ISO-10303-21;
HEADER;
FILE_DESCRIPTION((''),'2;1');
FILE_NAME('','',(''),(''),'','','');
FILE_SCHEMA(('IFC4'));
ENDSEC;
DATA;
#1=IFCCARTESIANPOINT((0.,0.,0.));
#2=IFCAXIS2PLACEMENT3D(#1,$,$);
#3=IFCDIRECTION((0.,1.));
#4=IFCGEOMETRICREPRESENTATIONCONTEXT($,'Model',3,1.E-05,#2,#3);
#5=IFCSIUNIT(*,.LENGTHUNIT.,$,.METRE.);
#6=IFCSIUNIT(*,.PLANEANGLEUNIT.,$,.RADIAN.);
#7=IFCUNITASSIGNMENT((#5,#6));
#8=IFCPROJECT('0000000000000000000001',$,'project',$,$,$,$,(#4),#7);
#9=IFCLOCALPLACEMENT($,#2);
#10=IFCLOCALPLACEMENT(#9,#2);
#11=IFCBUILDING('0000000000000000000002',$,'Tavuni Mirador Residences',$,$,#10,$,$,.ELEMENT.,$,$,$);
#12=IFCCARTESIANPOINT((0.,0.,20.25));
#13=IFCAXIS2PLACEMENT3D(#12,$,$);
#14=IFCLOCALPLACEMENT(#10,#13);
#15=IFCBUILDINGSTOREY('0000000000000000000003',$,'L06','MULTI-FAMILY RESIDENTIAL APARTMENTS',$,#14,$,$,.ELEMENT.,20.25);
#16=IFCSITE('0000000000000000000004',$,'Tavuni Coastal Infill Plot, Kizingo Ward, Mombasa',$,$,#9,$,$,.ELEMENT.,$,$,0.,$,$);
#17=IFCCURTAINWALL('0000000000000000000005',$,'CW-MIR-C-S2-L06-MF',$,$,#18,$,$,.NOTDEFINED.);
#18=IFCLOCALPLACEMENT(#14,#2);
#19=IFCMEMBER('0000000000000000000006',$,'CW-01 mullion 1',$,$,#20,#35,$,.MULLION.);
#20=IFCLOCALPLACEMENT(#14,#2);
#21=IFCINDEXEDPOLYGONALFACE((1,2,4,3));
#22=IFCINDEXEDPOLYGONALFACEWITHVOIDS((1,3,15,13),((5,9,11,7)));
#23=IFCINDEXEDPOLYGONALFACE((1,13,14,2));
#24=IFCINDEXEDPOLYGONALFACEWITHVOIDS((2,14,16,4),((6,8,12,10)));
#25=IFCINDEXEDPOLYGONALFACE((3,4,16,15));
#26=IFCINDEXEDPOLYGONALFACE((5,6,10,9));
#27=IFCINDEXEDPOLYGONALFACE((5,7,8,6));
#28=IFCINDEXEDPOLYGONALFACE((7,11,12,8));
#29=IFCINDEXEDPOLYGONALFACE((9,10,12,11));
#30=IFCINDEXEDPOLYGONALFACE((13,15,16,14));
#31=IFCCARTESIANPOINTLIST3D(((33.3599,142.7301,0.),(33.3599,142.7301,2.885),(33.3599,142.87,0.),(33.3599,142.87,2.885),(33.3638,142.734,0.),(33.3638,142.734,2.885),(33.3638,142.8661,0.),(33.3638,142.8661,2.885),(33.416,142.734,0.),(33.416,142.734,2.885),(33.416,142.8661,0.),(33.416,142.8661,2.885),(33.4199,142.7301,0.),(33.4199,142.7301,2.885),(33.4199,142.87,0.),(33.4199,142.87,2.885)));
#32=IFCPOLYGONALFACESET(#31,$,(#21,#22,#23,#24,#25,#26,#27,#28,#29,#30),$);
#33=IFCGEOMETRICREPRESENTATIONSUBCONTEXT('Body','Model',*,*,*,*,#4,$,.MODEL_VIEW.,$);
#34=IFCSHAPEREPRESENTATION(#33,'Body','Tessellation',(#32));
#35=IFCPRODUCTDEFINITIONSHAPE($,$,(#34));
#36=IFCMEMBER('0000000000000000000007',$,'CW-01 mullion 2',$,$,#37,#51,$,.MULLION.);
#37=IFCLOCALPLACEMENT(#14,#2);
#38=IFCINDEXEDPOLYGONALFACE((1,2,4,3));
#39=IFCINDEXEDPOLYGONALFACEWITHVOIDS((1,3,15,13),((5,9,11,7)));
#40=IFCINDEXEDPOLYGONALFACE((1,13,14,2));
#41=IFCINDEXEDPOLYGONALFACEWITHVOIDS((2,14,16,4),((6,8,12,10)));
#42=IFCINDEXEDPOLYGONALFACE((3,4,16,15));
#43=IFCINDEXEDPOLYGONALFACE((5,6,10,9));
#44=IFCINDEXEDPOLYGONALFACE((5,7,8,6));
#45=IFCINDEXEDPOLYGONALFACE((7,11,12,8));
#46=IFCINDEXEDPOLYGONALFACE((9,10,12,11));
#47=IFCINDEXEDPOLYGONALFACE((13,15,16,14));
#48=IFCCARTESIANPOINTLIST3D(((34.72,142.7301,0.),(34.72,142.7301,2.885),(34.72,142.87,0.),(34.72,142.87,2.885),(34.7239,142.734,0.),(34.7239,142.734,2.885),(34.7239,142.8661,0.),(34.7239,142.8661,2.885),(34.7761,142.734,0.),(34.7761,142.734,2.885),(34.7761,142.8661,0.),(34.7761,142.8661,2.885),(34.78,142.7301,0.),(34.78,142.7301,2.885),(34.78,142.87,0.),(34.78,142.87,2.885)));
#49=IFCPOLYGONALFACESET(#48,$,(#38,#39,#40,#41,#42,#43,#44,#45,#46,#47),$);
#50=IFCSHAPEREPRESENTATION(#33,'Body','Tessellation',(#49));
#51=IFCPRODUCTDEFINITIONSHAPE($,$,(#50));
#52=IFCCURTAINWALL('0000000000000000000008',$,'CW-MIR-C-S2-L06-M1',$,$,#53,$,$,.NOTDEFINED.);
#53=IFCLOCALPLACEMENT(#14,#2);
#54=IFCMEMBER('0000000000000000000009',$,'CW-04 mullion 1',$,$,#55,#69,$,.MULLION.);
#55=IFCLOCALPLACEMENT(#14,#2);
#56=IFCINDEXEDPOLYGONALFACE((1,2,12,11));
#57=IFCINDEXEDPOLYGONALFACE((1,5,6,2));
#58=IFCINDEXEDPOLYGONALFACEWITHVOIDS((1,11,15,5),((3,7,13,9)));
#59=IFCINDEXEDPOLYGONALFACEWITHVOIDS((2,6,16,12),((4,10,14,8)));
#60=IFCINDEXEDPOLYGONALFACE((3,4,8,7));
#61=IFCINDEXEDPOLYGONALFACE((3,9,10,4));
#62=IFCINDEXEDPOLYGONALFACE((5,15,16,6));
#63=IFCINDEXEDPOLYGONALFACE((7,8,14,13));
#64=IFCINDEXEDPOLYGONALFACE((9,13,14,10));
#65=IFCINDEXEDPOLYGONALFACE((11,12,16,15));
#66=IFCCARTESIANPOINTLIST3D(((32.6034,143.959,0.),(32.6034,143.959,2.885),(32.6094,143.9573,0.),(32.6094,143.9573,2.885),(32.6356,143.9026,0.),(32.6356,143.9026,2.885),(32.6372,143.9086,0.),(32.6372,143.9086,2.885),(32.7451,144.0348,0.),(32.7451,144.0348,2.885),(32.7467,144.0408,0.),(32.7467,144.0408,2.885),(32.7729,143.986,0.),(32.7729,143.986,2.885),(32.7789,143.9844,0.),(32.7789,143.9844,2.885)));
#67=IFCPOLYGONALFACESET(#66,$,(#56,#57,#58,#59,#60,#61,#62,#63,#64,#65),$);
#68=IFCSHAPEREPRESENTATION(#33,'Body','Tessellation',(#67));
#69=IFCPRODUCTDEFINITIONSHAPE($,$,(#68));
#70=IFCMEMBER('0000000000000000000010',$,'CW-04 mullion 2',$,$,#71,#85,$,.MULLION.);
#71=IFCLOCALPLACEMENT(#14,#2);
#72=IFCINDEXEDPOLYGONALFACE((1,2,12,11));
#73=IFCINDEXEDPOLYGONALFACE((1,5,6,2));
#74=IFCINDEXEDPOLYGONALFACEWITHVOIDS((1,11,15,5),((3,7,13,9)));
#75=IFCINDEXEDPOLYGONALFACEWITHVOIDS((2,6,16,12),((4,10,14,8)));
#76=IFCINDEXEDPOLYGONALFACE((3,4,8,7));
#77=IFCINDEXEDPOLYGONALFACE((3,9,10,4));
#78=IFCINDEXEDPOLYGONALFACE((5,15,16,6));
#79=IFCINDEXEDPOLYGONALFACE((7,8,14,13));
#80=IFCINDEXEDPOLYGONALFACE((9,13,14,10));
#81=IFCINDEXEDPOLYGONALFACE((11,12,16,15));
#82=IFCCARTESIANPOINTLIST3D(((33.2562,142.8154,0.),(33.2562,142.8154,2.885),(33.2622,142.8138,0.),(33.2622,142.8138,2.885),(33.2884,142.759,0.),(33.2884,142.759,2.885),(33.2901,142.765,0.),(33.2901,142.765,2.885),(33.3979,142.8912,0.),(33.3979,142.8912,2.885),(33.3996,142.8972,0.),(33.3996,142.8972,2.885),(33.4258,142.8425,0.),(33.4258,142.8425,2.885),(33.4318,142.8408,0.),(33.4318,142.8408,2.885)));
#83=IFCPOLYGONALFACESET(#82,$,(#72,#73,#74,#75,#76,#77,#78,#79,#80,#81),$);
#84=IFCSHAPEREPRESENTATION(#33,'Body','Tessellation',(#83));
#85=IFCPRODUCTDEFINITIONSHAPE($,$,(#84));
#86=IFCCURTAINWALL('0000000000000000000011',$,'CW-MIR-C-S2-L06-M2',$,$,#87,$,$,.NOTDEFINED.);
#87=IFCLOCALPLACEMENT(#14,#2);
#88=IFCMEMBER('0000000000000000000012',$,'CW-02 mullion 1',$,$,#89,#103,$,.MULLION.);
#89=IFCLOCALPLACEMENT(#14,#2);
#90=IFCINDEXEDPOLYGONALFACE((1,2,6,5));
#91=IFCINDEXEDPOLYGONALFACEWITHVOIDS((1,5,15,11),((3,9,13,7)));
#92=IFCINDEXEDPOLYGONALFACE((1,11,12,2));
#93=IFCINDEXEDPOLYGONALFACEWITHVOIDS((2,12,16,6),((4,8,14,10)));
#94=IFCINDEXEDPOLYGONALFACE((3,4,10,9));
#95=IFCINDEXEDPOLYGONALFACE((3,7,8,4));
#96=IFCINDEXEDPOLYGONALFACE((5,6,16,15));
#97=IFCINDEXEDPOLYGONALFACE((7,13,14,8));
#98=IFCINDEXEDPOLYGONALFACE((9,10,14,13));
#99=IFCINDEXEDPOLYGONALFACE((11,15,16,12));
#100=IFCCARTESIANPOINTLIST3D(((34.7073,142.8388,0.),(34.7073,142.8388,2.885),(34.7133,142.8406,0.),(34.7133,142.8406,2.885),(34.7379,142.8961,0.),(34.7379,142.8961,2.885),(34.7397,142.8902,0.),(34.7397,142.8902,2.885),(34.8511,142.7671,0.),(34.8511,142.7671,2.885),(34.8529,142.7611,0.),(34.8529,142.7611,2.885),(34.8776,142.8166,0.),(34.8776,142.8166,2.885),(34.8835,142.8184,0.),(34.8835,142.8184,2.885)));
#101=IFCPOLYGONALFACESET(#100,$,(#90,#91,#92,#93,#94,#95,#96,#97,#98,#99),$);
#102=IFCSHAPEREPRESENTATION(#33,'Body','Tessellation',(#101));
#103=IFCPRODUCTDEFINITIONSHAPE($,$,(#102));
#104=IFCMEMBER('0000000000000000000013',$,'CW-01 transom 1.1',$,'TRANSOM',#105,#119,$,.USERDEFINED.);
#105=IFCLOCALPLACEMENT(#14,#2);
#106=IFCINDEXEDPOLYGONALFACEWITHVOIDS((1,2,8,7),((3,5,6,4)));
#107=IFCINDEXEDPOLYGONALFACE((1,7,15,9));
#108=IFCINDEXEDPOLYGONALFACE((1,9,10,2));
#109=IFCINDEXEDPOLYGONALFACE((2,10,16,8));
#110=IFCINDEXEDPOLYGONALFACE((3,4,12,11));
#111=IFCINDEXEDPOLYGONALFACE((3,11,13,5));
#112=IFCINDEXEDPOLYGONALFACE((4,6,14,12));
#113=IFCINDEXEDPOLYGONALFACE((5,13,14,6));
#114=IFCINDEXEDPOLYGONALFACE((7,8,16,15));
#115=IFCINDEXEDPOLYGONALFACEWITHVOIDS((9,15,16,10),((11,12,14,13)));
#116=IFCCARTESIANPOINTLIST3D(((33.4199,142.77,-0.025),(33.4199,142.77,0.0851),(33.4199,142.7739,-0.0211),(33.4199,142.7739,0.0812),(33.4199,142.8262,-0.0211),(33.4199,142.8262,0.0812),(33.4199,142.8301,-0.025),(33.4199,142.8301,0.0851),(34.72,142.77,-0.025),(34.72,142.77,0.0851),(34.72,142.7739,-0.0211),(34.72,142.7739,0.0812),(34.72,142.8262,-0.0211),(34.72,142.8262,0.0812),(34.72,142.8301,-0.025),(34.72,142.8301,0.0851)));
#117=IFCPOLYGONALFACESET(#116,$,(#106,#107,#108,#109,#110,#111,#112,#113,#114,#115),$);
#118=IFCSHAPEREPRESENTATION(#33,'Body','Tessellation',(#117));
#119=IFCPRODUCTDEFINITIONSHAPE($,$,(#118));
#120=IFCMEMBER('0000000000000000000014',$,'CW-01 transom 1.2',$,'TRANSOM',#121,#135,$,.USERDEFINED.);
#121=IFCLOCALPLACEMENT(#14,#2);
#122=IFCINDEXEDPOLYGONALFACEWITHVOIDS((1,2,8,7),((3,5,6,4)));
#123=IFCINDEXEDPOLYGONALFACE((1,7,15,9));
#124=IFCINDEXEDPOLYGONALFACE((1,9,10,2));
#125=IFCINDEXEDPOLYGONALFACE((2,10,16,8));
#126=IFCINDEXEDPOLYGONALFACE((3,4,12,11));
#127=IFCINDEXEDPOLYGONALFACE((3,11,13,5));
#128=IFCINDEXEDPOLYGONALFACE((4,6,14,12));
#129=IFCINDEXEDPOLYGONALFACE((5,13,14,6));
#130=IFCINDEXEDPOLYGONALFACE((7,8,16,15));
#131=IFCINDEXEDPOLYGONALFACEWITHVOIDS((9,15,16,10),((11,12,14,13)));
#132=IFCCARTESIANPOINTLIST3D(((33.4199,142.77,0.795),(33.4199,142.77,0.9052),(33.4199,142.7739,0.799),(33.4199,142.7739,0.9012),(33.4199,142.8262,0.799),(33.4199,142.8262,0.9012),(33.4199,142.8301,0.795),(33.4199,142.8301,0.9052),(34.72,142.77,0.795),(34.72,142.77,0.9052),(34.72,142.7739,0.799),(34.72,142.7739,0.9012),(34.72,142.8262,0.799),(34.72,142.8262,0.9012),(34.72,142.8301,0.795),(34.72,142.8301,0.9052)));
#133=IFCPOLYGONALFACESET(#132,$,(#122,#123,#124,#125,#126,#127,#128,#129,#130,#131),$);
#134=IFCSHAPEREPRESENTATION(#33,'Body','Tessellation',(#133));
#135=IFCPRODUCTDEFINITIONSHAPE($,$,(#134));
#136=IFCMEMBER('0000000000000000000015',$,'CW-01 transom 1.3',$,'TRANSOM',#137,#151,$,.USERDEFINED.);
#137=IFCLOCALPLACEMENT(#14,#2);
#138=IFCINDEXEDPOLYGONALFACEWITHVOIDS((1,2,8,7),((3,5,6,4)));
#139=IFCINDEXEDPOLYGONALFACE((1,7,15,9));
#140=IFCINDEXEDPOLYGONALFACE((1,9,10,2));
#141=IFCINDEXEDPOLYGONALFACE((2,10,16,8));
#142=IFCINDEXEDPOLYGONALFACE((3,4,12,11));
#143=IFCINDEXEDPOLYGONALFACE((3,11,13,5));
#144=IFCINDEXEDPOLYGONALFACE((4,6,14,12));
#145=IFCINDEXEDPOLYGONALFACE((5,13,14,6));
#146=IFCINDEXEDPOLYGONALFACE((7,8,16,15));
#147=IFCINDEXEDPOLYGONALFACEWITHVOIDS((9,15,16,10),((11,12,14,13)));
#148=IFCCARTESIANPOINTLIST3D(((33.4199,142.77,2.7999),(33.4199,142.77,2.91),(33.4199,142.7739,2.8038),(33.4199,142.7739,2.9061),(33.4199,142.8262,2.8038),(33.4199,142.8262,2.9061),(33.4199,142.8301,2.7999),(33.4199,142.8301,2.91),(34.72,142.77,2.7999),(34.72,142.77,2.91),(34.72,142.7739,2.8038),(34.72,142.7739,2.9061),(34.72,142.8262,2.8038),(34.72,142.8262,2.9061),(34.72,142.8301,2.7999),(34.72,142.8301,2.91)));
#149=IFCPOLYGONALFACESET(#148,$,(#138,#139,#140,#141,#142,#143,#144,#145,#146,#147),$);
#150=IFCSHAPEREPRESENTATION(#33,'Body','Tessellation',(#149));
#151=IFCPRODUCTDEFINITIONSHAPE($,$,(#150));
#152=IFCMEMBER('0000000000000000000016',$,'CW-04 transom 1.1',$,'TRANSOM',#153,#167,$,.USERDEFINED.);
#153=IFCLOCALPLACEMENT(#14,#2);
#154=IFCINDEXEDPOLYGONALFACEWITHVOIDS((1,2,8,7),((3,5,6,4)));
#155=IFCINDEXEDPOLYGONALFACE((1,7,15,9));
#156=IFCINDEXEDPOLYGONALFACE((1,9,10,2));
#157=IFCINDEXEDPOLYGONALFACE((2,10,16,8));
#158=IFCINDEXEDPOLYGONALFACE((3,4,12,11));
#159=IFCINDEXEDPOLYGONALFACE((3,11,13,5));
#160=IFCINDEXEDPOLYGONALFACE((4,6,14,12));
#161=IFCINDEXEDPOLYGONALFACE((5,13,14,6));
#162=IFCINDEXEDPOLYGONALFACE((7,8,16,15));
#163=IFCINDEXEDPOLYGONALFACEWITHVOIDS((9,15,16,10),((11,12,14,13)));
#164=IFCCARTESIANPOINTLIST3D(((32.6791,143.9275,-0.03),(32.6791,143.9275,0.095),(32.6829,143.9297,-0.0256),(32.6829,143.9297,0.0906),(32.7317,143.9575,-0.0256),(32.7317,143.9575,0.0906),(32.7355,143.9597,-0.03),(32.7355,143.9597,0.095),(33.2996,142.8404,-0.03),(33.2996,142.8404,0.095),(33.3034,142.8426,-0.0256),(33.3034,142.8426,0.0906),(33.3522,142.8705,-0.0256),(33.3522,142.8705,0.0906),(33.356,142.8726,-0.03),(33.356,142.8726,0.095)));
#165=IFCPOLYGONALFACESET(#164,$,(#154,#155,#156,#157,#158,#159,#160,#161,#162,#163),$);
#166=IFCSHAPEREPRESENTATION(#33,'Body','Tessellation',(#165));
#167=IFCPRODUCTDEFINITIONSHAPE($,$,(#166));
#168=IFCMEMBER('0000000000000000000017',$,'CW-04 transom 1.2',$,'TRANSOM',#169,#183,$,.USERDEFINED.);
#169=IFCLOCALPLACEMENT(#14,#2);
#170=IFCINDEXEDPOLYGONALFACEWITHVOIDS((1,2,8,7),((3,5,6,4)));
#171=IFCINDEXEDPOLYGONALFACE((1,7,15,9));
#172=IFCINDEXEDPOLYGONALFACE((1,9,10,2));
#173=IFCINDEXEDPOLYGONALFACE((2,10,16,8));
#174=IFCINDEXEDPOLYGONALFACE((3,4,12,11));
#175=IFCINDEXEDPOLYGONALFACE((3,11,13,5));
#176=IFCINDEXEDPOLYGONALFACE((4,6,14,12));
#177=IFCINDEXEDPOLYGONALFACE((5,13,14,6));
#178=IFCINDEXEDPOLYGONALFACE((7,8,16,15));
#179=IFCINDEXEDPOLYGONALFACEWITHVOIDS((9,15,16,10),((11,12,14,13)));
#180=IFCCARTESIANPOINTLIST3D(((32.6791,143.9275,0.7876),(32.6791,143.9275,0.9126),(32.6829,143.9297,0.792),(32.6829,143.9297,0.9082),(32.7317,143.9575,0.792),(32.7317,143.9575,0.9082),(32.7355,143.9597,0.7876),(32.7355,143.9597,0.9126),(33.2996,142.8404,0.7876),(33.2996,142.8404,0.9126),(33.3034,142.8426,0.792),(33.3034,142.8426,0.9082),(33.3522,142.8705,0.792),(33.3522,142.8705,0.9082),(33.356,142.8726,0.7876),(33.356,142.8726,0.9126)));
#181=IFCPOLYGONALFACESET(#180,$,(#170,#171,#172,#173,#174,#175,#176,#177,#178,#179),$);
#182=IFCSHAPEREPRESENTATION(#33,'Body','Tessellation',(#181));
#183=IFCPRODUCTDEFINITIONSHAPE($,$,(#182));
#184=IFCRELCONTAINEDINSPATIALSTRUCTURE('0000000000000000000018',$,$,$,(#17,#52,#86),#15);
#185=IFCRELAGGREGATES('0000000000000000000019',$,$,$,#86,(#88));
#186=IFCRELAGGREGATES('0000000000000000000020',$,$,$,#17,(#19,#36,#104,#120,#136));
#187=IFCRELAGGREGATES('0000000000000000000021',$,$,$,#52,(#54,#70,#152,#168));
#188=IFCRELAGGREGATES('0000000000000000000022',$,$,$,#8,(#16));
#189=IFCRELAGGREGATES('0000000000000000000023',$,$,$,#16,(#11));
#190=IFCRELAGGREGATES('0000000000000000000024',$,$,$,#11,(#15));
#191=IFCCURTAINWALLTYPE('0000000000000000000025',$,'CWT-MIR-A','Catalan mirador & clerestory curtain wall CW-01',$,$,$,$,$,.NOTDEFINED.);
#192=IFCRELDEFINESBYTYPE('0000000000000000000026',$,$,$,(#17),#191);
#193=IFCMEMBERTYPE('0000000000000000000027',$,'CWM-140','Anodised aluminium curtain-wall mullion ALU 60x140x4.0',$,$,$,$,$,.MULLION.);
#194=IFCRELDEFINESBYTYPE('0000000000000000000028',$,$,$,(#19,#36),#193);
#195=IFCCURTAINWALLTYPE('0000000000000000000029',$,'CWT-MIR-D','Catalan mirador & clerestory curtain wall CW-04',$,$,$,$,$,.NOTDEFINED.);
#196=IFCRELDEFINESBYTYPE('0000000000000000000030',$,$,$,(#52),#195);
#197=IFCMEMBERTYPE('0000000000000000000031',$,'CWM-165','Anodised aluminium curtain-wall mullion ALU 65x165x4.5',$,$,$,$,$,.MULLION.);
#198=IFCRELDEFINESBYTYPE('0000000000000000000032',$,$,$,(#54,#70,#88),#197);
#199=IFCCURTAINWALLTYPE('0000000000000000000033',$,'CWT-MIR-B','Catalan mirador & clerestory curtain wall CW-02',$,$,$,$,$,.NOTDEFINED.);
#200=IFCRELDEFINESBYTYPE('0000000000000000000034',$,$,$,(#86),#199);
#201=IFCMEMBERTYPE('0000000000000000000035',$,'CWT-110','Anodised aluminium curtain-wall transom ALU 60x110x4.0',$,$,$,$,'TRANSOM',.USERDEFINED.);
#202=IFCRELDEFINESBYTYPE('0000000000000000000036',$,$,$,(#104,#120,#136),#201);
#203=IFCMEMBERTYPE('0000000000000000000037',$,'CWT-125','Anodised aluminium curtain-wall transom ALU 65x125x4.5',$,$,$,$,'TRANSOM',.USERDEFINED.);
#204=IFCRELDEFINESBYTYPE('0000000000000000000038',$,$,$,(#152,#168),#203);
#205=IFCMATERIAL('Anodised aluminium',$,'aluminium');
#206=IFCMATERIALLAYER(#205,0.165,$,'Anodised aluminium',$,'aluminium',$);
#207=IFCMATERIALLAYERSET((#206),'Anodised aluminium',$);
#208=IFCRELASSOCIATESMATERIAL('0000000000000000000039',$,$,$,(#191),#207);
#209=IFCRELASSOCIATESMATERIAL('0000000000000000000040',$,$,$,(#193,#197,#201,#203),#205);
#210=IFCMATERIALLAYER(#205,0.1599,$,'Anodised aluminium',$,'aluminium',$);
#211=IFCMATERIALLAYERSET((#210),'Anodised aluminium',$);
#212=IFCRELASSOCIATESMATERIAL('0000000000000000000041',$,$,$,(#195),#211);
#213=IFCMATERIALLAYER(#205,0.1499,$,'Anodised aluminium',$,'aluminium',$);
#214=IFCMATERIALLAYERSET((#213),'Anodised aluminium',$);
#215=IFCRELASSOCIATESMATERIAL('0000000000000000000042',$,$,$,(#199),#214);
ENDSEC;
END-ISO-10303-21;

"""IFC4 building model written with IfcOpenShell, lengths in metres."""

from ifc_helpers import new_model, si_unit, direction, frame, origin, origin_2d, place, context, subcontext, project, spatial, hollow_rectangle, extrude, material, layer, layer_set, material_profile, profile_set, type_object, element, aggregate, save


model = new_model("IFC4")

# Units and contexts
model_context = context("Model", 3, precision=1e-05, world=origin(), true_north=direction((0.0, 1.0)))
body_context = subcontext(model_context, "Body", "Model", "MODEL_VIEW")
ifc_project = project(units=[si_unit("LENGTHUNIT", "METRE"), si_unit("PLANEANGLEUNIT", "RADIAN")], contexts=[model_context])

# Site, building, storey
site_placement = place(None, origin())
site = spatial("IfcSite", under=ifc_project, at=site_placement, Name="Tavuni Coastal Infill Plot, Kizingo Ward, Mombasa", CompositionType="ELEMENT", RefElevation=0.0)
building_placement = place(site_placement, origin())
building = spatial("IfcBuilding", under=site, at=building_placement, Name="Tavuni Mirador Residences", CompositionType="ELEMENT")
storey_placement = place(building_placement, frame((0.0, 0.0, 20.25)))
storey = spatial("IfcBuildingStorey", under=building, at=storey_placement, Name="L06", Description="MULTI-FAMILY RESIDENTIAL APARTMENTS", CompositionType="ELEMENT", Elevation=20.25)

# Curtain walls, members
ifc_material_1 = material(Name="Anodised aluminium", Category="aluminium")
ifc_layer_1 = layer(ifc_material_1, 0.165, Name="Anodised aluminium", Category="aluminium")
ifc_layer_set_1 = layer_set([ifc_layer_1], Name="Anodised aluminium")
curtain_wall_type_1 = type_object("IfcCurtainWallType", Name="CWT-MIR-A", Description="Catalan mirador & clerestory curtain wall CW-01", PredefinedType="NOTDEFINED", material=ifc_layer_set_1)
curtain_wall_1_placement = place(storey_placement, origin())
curtain_wall_1 = element("IfcCurtainWall", 1, at=curtain_wall_1_placement, inside=storey, type_object=curtain_wall_type_1, Name="CW-MIR-C-S2-L06-MF", PredefinedType="NOTDEFINED")
ifc_material_profile_1 = material_profile(ifc_material_1, hollow_rectangle(XDim=0.0601, YDim=0.1399, WallThickness=0.0039, at=origin_2d()), Name="ALU 60x140x4.0", Category="aluminium")
ifc_profile_set_1 = profile_set([ifc_material_profile_1], Name="Anodised aluminium")
member_type_1 = type_object("IfcMemberType", Name="CWM-140", Description="Anodised aluminium curtain-wall mullion ALU 60x140x4.0", PredefinedType="MULLION", material=ifc_profile_set_1)
member_1_placement = place(storey_placement, frame((33.3899, 142.8, 0.0), z_axis=(0.0, 0.0, 1.0), x_axis=(1.0, 0.0, 0.0)))
member_1 = element("IfcMember", 2, at=member_1_placement, type_object=member_type_1, Name="CW-01 mullion 1", PredefinedType="MULLION", context=body_context, shape_type="SweptSolid", body=[
    extrude(hollow_rectangle(XDim=0.0601, YDim=0.1399, WallThickness=0.0039, at=origin_2d()), origin(), (0.0, 0.0, 1.0), 2.885),
])
member_2_placement = place(storey_placement, frame((34.75, 142.8, 0.0), z_axis=(0.0, 0.0, 1.0), x_axis=(1.0, 0.0, 0.0)))
member_2 = element("IfcMember", 3, at=member_2_placement, type_object=member_type_1, Name="CW-01 mullion 2", PredefinedType="MULLION", context=body_context, shape_type="SweptSolid", body=[
    extrude(hollow_rectangle(XDim=0.0601, YDim=0.1399, WallThickness=0.0039, at=origin_2d()), origin(), (0.0, 0.0, 1.0), 2.885),
])
ifc_layer_2 = layer(ifc_material_1, 0.1599, Name="Anodised aluminium", Category="aluminium")
ifc_layer_set_2 = layer_set([ifc_layer_2], Name="Anodised aluminium")
curtain_wall_type_2 = type_object("IfcCurtainWallType", Name="CWT-MIR-D", Description="Catalan mirador & clerestory curtain wall CW-04", PredefinedType="NOTDEFINED", material=ifc_layer_set_2)
curtain_wall_2_placement = place(storey_placement, origin())
curtain_wall_2 = element("IfcCurtainWall", 4, at=curtain_wall_2_placement, inside=storey, type_object=curtain_wall_type_2, Name="CW-MIR-C-S2-L06-M1", PredefinedType="NOTDEFINED")
ifc_material_profile_2 = material_profile(ifc_material_1, hollow_rectangle(XDim=0.0649, YDim=0.165, WallThickness=0.0044, at=origin_2d()), Name="ALU 65x165x4.5", Category="aluminium")
ifc_profile_set_2 = profile_set([ifc_material_profile_2], Name="Anodised aluminium")
member_type_2 = type_object("IfcMemberType", Name="CWM-165", Description="Anodised aluminium curtain-wall mullion ALU 65x165x4.5", PredefinedType="MULLION", material=ifc_profile_set_2)
member_3_placement = place(storey_placement, frame((32.6912, 143.9717, 0.0), z_axis=(0.0, 0.0, 1.0), x_axis=(0.495749, -0.868466, 0.0)))
member_3 = element("IfcMember", 5, at=member_3_placement, type_object=member_type_2, Name="CW-04 mullion 1", PredefinedType="MULLION", context=body_context, shape_type="SweptSolid", body=[
    extrude(hollow_rectangle(XDim=0.0649, YDim=0.165, WallThickness=0.0044, at=origin_2d()), origin(), (0.0, 0.0, 1.0), 2.885),
])
member_4_placement = place(storey_placement, frame((33.344, 142.8281, 0.0), z_axis=(0.0, 0.0, 1.0), x_axis=(0.495749, -0.868466, 0.0)))
member_4 = element("IfcMember", 6, at=member_4_placement, type_object=member_type_2, Name="CW-04 mullion 2", PredefinedType="MULLION", context=body_context, shape_type="SweptSolid", body=[
    extrude(hollow_rectangle(XDim=0.0649, YDim=0.165, WallThickness=0.0044, at=origin_2d()), origin(), (0.0, 0.0, 1.0), 2.885),
])

# Curtain wall, member
ifc_layer_3 = layer(ifc_material_1, 0.1499, Name="Anodised aluminium", Category="aluminium")
ifc_layer_set_3 = layer_set([ifc_layer_3], Name="Anodised aluminium")
curtain_wall_type_3 = type_object("IfcCurtainWallType", Name="CWT-MIR-B", Description="Catalan mirador & clerestory curtain wall CW-02", PredefinedType="NOTDEFINED", material=ifc_layer_set_3)
curtain_wall_3_placement = place(storey_placement, origin())
curtain_wall_3 = element("IfcCurtainWall", 7, at=curtain_wall_3_placement, inside=storey, type_object=curtain_wall_type_3, Name="CW-MIR-C-S2-L06-M2", PredefinedType="NOTDEFINED")
member_5_placement = place(storey_placement, frame((34.7954, 142.8286, 0.0), z_axis=(0.0, 0.0, 1.0), x_axis=(0.470588, 0.882353, 0.0)))
member_5 = element("IfcMember", 8, at=member_5_placement, type_object=member_type_2, Name="CW-02 mullion 1", PredefinedType="MULLION", context=body_context, shape_type="SweptSolid", body=[
    extrude(hollow_rectangle(XDim=0.0649, YDim=0.165, WallThickness=0.0044, at=origin_2d()), origin(), (0.0, 0.0, 1.0), 2.885),
])

# Members
ifc_material_profile_3 = material_profile(ifc_material_1, hollow_rectangle(XDim=0.0601, YDim=0.1101, WallThickness=0.0039, at=origin_2d()), Name="ALU 60x110x4.0", Category="aluminium")
ifc_profile_set_3 = profile_set([ifc_material_profile_3], Name="Anodised aluminium")
member_type_3 = type_object("IfcMemberType", Name="CWT-110", Description="Anodised aluminium curtain-wall transom ALU 60x110x4.0", ElementType="TRANSOM", PredefinedType="USERDEFINED", material=ifc_profile_set_3)
member_6_placement = place(storey_placement, frame((33.4199, 142.8, 0.03), z_axis=(1.0, 0.0, 0.0), x_axis=(0.0, 1.0, 0.0)))
member_6 = element("IfcMember", 9, at=member_6_placement, type_object=member_type_3, Name="CW-01 transom 1.1", ObjectType="TRANSOM", PredefinedType="USERDEFINED", context=body_context, shape_type="SweptSolid", body=[
    extrude(hollow_rectangle(XDim=0.0601, YDim=0.1101, WallThickness=0.0039, at=origin_2d()), origin(), (0.0, 0.0, 1.0), 1.3),
])
member_7_placement = place(storey_placement, frame((33.4199, 142.8, 0.8501), z_axis=(1.0, 0.0, 0.0), x_axis=(0.0, 1.0, 0.0)))
member_7 = element("IfcMember", 10, at=member_7_placement, type_object=member_type_3, Name="CW-01 transom 1.2", ObjectType="TRANSOM", PredefinedType="USERDEFINED", context=body_context, shape_type="SweptSolid", body=[
    extrude(hollow_rectangle(XDim=0.0601, YDim=0.1101, WallThickness=0.0039, at=origin_2d()), origin(), (0.0, 0.0, 1.0), 1.3),
])
member_8_placement = place(storey_placement, frame((33.4199, 142.8, 2.855), z_axis=(1.0, 0.0, 0.0), x_axis=(0.0, 1.0, 0.0)))
member_8 = element("IfcMember", 11, at=member_8_placement, type_object=member_type_3, Name="CW-01 transom 1.3", ObjectType="TRANSOM", PredefinedType="USERDEFINED", context=body_context, shape_type="SweptSolid", body=[
    extrude(hollow_rectangle(XDim=0.0601, YDim=0.1101, WallThickness=0.0039, at=origin_2d()), origin(), (0.0, 0.0, 1.0), 1.3),
])
ifc_material_profile_4 = material_profile(ifc_material_1, hollow_rectangle(XDim=0.0649, YDim=0.125, WallThickness=0.0044, at=origin_2d()), Name="ALU 65x125x4.5", Category="aluminium")
ifc_profile_set_4 = profile_set([ifc_material_profile_4], Name="Anodised aluminium")
member_type_4 = type_object("IfcMemberType", Name="CWT-125", Description="Anodised aluminium curtain-wall transom ALU 65x125x4.5", ElementType="TRANSOM", PredefinedType="USERDEFINED", material=ifc_profile_set_4)
member_9_placement = place(storey_placement, frame((32.7073, 143.9436, 0.0325), z_axis=(0.495761, -0.868459, 0.0), x_axis=(0.868459, 0.495761, 0.0)))
member_9 = element("IfcMember", 12, at=member_9_placement, type_object=member_type_4, Name="CW-04 transom 1.1", ObjectType="TRANSOM", PredefinedType="USERDEFINED", context=body_context, shape_type="SweptSolid", body=[
    extrude(hollow_rectangle(XDim=0.0649, YDim=0.125, WallThickness=0.0044, at=origin_2d()), origin(), (0.0, 0.0, 1.0), 1.2517),
])
member_10_placement = place(storey_placement, frame((32.7073, 143.9436, 0.8501), z_axis=(0.495761, -0.868459, 0.0), x_axis=(0.868459, 0.495761, 0.0)))
member_10 = element("IfcMember", 13, at=member_10_placement, type_object=member_type_4, Name="CW-04 transom 1.2", ObjectType="TRANSOM", PredefinedType="USERDEFINED", context=body_context, shape_type="SweptSolid", body=[
    extrude(hollow_rectangle(XDim=0.0649, YDim=0.125, WallThickness=0.0044, at=origin_2d()), origin(), (0.0, 0.0, 1.0), 1.2517),
])
aggregate(curtain_wall_3, [member_5])

aggregate(curtain_wall_1, [member_1, member_2, member_6, member_7, member_8])
aggregate(curtain_wall_2, [member_3, member_4, member_9, member_10])

save(model, "model.ifc")
